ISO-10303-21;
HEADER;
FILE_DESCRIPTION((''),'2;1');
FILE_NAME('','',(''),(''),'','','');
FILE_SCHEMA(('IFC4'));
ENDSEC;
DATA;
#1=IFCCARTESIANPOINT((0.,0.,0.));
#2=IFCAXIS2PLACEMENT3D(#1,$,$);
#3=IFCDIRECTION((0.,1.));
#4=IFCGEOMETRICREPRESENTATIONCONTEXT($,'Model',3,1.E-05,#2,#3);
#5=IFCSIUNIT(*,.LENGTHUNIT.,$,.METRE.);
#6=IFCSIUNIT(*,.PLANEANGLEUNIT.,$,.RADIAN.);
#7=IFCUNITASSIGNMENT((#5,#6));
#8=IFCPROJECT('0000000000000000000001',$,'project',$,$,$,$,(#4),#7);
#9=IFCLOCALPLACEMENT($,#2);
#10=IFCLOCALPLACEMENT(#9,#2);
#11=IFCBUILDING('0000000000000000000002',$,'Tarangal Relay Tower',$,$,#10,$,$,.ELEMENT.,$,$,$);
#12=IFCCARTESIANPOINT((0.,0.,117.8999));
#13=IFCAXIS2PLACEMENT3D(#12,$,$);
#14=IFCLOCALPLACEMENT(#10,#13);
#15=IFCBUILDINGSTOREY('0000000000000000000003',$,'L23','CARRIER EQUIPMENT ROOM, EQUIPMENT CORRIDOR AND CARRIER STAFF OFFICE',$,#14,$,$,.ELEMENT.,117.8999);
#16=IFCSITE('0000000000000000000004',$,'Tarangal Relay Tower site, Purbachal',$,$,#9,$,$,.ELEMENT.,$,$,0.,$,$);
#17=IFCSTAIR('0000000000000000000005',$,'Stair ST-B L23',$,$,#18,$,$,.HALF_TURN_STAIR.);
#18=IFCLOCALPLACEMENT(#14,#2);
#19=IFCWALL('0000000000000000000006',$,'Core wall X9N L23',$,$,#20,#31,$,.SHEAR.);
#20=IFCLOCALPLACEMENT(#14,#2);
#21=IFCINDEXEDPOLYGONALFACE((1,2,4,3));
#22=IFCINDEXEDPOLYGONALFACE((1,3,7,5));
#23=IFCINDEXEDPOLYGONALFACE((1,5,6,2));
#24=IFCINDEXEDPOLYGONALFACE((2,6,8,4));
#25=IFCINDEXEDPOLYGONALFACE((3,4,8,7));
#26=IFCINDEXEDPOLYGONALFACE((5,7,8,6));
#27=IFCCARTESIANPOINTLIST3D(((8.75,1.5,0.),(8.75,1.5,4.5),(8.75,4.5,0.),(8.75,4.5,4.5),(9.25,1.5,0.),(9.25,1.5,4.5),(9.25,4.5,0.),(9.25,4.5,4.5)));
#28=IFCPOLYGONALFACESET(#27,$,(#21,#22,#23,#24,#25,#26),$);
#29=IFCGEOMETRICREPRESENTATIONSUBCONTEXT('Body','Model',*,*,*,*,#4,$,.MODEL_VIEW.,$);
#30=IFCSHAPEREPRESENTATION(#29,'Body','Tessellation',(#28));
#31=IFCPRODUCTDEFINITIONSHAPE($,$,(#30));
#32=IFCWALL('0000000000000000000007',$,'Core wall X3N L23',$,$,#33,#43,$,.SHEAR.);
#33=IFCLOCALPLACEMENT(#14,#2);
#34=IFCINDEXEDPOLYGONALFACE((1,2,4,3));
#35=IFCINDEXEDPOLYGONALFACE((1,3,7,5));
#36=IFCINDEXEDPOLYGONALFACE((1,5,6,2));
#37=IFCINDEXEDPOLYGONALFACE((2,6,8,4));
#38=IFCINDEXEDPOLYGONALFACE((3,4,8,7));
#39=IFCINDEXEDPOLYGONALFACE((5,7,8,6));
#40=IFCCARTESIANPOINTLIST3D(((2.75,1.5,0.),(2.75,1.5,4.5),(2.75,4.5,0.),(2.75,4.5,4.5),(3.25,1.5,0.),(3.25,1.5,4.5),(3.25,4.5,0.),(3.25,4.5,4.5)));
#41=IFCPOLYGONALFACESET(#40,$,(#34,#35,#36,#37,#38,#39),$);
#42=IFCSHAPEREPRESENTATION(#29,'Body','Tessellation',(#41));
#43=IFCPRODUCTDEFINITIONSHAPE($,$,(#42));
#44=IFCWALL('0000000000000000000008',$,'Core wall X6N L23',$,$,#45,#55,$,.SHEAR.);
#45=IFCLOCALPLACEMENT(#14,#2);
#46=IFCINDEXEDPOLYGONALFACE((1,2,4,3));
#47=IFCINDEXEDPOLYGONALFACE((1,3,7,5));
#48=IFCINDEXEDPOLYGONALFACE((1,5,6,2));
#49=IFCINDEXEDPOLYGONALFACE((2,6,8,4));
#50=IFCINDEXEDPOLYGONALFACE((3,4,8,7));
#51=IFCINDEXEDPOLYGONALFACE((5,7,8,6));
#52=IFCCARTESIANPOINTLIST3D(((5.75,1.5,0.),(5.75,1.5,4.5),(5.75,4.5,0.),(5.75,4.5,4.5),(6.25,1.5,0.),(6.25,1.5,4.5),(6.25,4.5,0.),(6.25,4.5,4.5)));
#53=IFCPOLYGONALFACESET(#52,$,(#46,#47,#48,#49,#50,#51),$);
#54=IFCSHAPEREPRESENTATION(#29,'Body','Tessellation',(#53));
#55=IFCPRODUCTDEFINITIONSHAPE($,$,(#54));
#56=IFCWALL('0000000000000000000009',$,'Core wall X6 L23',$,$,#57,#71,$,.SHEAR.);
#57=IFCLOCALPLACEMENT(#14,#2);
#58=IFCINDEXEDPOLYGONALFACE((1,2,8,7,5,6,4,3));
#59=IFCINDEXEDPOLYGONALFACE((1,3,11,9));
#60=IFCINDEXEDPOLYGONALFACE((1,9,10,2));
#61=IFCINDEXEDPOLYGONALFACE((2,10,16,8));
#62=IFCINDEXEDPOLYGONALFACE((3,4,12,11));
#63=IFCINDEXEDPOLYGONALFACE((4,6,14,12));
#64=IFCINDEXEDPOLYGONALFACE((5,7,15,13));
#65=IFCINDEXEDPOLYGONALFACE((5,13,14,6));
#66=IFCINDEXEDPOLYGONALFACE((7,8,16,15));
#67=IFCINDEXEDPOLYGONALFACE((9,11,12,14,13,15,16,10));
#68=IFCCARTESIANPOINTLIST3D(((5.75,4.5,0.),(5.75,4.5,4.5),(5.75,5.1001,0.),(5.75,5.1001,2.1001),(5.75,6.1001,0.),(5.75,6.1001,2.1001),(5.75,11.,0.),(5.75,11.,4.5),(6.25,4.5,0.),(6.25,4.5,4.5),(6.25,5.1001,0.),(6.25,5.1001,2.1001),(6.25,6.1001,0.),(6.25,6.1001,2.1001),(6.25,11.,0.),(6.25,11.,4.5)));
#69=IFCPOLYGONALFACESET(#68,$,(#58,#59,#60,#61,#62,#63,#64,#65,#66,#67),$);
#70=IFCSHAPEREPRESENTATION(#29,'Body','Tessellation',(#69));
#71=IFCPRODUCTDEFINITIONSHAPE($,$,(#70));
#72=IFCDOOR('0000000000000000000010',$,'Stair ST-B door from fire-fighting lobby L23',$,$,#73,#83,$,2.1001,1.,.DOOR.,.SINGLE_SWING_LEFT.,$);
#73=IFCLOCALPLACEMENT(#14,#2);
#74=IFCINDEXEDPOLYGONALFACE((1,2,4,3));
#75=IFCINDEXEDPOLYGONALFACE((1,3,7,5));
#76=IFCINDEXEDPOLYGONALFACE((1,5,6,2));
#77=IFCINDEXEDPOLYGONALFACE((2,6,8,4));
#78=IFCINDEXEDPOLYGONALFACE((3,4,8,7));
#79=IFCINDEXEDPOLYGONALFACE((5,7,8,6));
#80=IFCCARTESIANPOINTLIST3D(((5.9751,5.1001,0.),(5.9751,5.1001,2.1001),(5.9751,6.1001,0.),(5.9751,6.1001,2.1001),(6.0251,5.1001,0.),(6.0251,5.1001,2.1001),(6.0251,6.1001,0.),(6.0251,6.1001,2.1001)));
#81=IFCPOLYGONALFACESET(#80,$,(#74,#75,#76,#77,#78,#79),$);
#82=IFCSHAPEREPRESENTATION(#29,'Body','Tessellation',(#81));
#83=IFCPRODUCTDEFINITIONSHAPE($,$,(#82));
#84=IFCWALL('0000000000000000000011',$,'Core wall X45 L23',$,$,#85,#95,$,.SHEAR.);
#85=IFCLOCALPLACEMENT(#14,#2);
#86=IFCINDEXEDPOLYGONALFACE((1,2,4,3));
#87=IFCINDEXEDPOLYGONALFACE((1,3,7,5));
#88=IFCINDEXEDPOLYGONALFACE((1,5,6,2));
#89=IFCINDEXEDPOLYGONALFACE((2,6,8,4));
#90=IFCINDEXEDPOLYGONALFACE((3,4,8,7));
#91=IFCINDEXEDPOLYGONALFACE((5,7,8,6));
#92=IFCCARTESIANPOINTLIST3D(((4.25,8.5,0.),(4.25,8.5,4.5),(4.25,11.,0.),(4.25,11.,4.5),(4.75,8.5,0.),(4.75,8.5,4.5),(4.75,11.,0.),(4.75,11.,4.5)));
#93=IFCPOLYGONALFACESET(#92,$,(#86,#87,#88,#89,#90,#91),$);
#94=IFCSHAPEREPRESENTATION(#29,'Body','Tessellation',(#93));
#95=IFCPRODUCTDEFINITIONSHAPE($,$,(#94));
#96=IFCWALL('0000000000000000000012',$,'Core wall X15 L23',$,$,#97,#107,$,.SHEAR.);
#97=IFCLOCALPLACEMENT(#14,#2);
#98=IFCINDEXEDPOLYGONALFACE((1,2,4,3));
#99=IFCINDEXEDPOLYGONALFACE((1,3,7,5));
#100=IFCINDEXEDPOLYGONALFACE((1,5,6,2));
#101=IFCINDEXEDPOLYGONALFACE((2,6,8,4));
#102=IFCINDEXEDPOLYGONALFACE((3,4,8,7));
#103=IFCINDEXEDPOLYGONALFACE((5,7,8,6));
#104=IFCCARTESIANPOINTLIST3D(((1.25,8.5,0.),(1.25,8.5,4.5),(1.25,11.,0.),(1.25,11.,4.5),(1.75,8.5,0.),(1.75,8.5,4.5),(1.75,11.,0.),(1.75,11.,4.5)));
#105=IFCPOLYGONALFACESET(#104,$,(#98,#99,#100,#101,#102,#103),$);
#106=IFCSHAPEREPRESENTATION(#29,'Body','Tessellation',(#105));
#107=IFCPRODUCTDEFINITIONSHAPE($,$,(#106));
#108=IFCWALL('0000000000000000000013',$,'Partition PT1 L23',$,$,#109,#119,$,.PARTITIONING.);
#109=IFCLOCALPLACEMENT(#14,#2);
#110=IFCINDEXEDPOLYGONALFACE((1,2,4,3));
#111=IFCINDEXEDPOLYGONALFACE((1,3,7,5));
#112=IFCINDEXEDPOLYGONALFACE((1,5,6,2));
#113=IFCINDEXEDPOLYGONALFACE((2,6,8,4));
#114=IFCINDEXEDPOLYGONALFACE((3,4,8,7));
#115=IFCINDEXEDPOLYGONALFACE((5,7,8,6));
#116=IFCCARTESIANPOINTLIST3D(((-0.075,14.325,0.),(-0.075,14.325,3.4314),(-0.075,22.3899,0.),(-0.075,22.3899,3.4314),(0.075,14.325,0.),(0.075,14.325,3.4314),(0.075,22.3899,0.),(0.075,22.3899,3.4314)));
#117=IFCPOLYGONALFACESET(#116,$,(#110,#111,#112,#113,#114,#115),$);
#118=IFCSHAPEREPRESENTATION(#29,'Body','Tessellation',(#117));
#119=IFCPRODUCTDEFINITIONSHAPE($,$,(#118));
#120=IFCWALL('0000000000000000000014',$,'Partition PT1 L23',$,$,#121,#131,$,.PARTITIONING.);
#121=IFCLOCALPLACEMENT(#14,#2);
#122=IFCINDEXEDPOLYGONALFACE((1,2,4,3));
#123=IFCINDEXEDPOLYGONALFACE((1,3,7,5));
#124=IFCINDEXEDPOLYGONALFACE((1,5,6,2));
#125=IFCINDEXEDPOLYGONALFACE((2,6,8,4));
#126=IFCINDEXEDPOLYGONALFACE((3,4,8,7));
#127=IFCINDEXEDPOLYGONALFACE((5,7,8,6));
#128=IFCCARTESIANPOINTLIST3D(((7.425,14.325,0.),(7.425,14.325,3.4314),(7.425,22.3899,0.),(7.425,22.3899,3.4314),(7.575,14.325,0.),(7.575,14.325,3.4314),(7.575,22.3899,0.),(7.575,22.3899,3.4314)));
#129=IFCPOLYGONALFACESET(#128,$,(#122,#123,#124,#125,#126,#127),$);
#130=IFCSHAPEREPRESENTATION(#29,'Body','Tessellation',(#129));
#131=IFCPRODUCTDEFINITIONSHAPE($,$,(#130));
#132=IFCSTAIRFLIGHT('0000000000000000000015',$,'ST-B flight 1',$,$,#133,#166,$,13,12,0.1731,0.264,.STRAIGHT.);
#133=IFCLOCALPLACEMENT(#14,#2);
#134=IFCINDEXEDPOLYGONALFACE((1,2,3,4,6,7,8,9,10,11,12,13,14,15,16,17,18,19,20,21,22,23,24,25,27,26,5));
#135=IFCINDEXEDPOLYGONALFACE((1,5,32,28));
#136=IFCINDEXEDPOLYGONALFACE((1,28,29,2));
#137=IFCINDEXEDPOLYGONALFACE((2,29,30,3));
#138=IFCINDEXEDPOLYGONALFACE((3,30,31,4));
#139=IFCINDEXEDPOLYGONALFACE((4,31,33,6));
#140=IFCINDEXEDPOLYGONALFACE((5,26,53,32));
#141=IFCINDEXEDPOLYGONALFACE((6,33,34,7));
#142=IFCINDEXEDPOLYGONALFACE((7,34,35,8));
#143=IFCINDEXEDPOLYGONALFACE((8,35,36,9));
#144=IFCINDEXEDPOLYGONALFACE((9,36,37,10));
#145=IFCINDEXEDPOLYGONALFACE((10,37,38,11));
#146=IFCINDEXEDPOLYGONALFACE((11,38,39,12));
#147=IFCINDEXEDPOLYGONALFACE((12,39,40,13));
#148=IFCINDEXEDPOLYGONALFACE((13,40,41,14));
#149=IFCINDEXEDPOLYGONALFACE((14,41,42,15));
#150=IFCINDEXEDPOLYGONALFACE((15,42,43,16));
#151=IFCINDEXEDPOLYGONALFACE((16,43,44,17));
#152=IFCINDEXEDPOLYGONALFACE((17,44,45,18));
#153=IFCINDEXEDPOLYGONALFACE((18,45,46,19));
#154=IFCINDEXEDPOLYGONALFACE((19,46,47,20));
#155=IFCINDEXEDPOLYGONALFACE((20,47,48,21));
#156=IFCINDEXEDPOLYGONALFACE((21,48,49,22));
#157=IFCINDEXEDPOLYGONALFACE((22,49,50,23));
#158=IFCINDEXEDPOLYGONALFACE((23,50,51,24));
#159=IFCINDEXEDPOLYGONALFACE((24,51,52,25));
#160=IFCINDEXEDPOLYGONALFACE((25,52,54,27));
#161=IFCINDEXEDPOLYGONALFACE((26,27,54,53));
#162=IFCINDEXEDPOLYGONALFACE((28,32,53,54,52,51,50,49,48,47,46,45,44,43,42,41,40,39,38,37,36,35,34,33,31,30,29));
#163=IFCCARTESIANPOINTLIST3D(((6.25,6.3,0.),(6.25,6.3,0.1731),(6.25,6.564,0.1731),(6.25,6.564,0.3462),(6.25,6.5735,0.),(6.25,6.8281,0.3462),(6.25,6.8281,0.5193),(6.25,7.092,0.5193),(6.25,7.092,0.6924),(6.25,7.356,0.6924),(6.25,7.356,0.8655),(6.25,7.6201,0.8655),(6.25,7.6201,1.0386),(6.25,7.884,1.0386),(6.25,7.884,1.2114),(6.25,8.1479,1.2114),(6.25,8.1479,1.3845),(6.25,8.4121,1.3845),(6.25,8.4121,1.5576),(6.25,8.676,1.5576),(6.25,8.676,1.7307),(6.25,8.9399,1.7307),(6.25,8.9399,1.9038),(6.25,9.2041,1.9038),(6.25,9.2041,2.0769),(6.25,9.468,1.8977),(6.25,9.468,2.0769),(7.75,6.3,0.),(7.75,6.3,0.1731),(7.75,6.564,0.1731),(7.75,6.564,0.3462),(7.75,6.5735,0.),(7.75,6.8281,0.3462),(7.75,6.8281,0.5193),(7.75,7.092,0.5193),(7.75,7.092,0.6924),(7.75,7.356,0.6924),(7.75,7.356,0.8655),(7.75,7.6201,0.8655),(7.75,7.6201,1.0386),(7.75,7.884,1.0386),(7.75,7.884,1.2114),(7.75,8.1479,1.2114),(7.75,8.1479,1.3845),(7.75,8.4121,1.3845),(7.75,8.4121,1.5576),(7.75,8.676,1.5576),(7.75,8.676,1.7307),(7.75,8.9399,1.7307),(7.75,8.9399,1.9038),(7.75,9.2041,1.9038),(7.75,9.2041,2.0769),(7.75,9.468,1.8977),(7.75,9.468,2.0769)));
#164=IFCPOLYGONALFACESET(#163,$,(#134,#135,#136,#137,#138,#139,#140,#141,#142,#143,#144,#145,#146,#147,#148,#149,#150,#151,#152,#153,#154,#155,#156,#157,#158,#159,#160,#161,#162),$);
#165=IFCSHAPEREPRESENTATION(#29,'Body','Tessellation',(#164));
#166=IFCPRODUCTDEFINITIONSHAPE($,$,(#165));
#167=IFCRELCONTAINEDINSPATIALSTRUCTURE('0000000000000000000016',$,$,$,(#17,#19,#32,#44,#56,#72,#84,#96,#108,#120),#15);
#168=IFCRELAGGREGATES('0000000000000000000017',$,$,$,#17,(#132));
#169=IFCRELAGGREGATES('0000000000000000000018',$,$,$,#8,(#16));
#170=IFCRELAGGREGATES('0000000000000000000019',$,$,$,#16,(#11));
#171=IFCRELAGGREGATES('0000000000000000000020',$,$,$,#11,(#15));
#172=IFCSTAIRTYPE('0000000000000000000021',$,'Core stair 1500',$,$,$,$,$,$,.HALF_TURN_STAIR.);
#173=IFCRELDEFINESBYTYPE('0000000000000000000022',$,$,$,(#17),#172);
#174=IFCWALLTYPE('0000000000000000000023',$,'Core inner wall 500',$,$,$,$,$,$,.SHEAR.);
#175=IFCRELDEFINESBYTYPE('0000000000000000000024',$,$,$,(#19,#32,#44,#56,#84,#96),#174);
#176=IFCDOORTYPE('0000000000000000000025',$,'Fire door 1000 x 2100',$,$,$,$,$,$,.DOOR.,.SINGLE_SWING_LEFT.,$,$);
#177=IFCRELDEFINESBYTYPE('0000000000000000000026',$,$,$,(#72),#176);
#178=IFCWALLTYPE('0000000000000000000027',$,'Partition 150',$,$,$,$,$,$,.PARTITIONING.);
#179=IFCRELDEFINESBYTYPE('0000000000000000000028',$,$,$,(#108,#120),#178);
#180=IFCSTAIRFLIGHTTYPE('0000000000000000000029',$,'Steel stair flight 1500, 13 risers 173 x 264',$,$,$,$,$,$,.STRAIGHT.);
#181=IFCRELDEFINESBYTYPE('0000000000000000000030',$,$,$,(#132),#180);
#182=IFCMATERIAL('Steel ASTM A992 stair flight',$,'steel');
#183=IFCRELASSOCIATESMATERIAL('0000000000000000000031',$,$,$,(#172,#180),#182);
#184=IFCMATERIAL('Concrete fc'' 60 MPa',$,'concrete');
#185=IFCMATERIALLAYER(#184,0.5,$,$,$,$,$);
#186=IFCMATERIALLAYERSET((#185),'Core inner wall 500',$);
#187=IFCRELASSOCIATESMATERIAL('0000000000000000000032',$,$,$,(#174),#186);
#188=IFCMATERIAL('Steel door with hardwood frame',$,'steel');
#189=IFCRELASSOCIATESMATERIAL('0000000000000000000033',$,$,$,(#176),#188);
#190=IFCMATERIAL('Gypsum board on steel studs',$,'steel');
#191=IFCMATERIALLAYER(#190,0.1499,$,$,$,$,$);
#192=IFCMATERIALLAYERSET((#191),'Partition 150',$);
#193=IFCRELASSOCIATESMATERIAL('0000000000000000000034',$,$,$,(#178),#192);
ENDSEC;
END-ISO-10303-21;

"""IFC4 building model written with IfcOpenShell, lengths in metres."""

from ifc_helpers import new_model, si_unit, direction, frame, frame_2d, origin, place, context, subcontext, project, spatial, polyline, rectangle, outline, extrude, material, layer, layer_set, type_object, element, fill, aggregate, save


model = new_model("IFC4")

# Units and contexts
model_context = context("Model", 3, precision=1e-05, world=origin(), true_north=direction((0.0, 1.0)))
body_context = subcontext(model_context, "Body", "Model", "MODEL_VIEW")
ifc_project = project(units=[si_unit("LENGTHUNIT", "METRE"), si_unit("PLANEANGLEUNIT", "RADIAN")], contexts=[model_context])

# Site, building, storey
site_placement = place(None, origin())
site = spatial("IfcSite", under=ifc_project, at=site_placement, Name="Tarangal Relay Tower site, Purbachal", CompositionType="ELEMENT", RefElevation=0.0)
building_placement = place(site_placement, origin())
building = spatial("IfcBuilding", under=site, at=building_placement, Name="Tarangal Relay Tower", CompositionType="ELEMENT")
storey_placement = place(building_placement, frame((0.0, 0.0, 117.8999)))
storey = spatial("IfcBuildingStorey", under=building, at=storey_placement, Name="L23", Description="CARRIER EQUIPMENT ROOM, EQUIPMENT CORRIDOR AND CARRIER STAFF OFFICE", CompositionType="ELEMENT", Elevation=117.8999)

# Stair
ifc_material_1 = material(Name="Steel ASTM A992 stair flight", Category="steel")
stair_type = type_object("IfcStairType", Name="Core stair 1500", PredefinedType="HALF_TURN_STAIR", material=ifc_material_1)
stair_1_placement = place(storey_placement, origin())
stair_1 = element("IfcStair", 1, at=stair_1_placement, inside=storey, type_object=stair_type, Name="Stair ST-B L23", PredefinedType="HALF_TURN_STAIR")

# Walls
ifc_material_2 = material(Name="Concrete fc' 60 MPa", Category="concrete")
ifc_layer_1 = layer(ifc_material_2, 0.5)
ifc_layer_set_1 = layer_set([ifc_layer_1], Name="Core inner wall 500")
wall_type_1 = type_object("IfcWallType", Name="Core inner wall 500", PredefinedType="SHEAR", material=ifc_layer_set_1)
for number, where, z_axis, x_axis, name in (
    (2, (9.0, 1.5, 0.0), (0.0, 0.0, 1.0), (0.0, 1.0, 0.0), "Core wall X9N L23"),
    (3, (3.0, 1.5, 0.0), (0.0, 0.0, 1.0), (0.0, 1.0, 0.0), "Core wall X3N L23"),
    (4, (6.0, 1.5, 0.0), (0.0, 0.0, 1.0), (0.0, 1.0, 0.0), "Core wall X6N L23"),
):
    element("IfcWall", number, at=place(storey_placement, frame(where, z_axis=z_axis, x_axis=x_axis)), inside=storey, type_object=wall_type_1, Name=name, PredefinedType="SHEAR", context=body_context, shape_type="SweptSolid", body=[
        extrude(rectangle(XDim=3.0, YDim=0.5, at=frame_2d((1.5, 0.0))), origin(), (0.0, 0.0, 1.0), 4.5),
    ])

# Wall, opening, door
wall_placement = place(storey_placement, frame((6.0, 4.5, 0.0), z_axis=(0.0, 0.0, 1.0), x_axis=(0.0, 1.0, 0.0)))
wall = element("IfcWall", 5, at=wall_placement, inside=storey, type_object=wall_type_1, Name="Core wall X6 L23", PredefinedType="SHEAR", context=body_context, shape_type="SweptSolid", body=[
    extrude(rectangle(XDim=6.5, YDim=0.5, at=frame_2d((3.25, 0.0))), origin(), (0.0, 0.0, 1.0), 4.5),
])
opening_placement = place(wall_placement, frame((0.6001, 0.0, 0.0)))
opening = element("IfcOpeningElement", 6, at=opening_placement, cuts=wall, PredefinedType="OPENING", context=body_context, shape_type="SweptSolid", body=[
    extrude(rectangle(XDim=1.0, YDim=2.1001, at=frame_2d((0.5, 1.05))), frame((0.0, 0.26, 0.0), z_axis=(0.0, -1.0, 0.0), x_axis=(1.0, 0.0, 0.0)), (0.0, 0.0, 1.0), 0.52),
])
ifc_material_3 = material(Name="Steel door with hardwood frame", Category="steel")
door_type = type_object("IfcDoorType", Name="Fire door 1000 x 2100", OperationType="SINGLE_SWING_LEFT", PredefinedType="DOOR", material=ifc_material_3)
door_placement = place(opening_placement, origin())
door = element("IfcDoor", 7, at=door_placement, inside=storey, type_object=door_type, Name="Stair ST-B door from fire-fighting lobby L23", OperationType="SINGLE_SWING_LEFT", OverallHeight=2.1001, OverallWidth=1.0, PredefinedType="DOOR", context=body_context, shape_type="SweptSolid", body=[
    extrude(rectangle(XDim=1.0, YDim=2.1001, at=frame_2d((0.5, 1.05))), frame((0.0, 0.0249, 0.0), z_axis=(0.0, -1.0, 0.0), x_axis=(1.0, 0.0, 0.0)), (0.0, 0.0, 1.0), 0.05),
])
fill(opening, door)

# Walls
for number, where, z_axis, x_axis, name in (
    (8, (4.5, 8.5, 0.0), (0.0, 0.0, 1.0), (0.0, 1.0, 0.0), "Core wall X45 L23"),
    (9, (1.5, 8.5, 0.0), (0.0, 0.0, 1.0), (0.0, 1.0, 0.0), "Core wall X15 L23"),
):
    element("IfcWall", number, at=place(storey_placement, frame(where, z_axis=z_axis, x_axis=x_axis)), inside=storey, type_object=wall_type_1, Name=name, PredefinedType="SHEAR", context=body_context, shape_type="SweptSolid", body=[
        extrude(rectangle(XDim=2.5, YDim=0.5, at=frame_2d((1.25, 0.0))), origin(), (0.0, 0.0, 1.0), 4.5),
    ])
ifc_material_4 = material(Name="Gypsum board on steel studs", Category="steel")
ifc_layer_2 = layer(ifc_material_4, 0.1499)
ifc_layer_set_2 = layer_set([ifc_layer_2], Name="Partition 150")
wall_type_2 = type_object("IfcWallType", Name="Partition 150", PredefinedType="PARTITIONING", material=ifc_layer_set_2)
for number, where, z_axis, x_axis, name in (
    (10, (0.0, 14.325, 0.0), (0.0, 0.0, 1.0), (0.0, 1.0, 0.0), "Partition PT1 L23"),
    (11, (7.5, 14.325, 0.0), (0.0, 0.0, 1.0), (0.0, 1.0, 0.0), "Partition PT1 L23"),
):
    element("IfcWall", number, at=place(storey_placement, frame(where, z_axis=z_axis, x_axis=x_axis)), inside=storey, type_object=wall_type_2, Name=name, PredefinedType="PARTITIONING", context=body_context, shape_type="SweptSolid", body=[
        extrude(rectangle(XDim=8.0649, YDim=0.1499, at=frame_2d((4.0325, 0.0))), origin(), (0.0, 0.0, 1.0), 3.4314),
    ])

# Stair flight
stair_flight_type = type_object("IfcStairFlightType", Name="Steel stair flight 1500, 13 risers 173 x 264", PredefinedType="STRAIGHT", material=ifc_material_1)
stair_flight_1_placement = place(storey_placement, frame((7.0, 6.3, 0.0), z_axis=(0.0, 0.0, 1.0), x_axis=(0.0, 1.0, 0.0)))
stair_flight_1 = element("IfcStairFlight", 12, at=stair_flight_1_placement, type_object=stair_flight_type, Name="ST-B flight 1", NumberOfRisers=13, NumberOfTreads=12, PredefinedType="STRAIGHT", RiserHeight=0.1731, TreadLength=0.264, context=body_context, shape_type="SweptSolid", body=[
    extrude(outline(polyline([(0.0, 0.0), (0.0, 0.1731), (0.2639, 0.1731), (0.2639, 0.3462), (0.5281, 0.3462), (0.5281, 0.5193), (0.792, 0.5193), (0.792, 0.6924), (1.0559, 0.6924), (1.0559, 0.8655), (1.3201, 0.8655), (1.3201, 1.0386), (1.584, 1.0386), (1.584, 1.2114), (1.8479, 1.2114), (1.8479, 1.3845), (2.1121, 1.3845), (2.1121, 1.5576), (2.376, 1.5576), (2.376, 1.7307), (2.6399, 1.7307), (2.6399, 1.9038), (2.9041, 1.9038), (2.9041, 2.0769), (3.168, 2.0769), (3.168, 2.25), (3.168, 1.8977), (0.2734, 0.0), (0.0, 0.0)])), frame((0.0, 0.75, 0.0), z_axis=(0.0, -1.0, 0.0), x_axis=(1.0, 0.0, 0.0)), (0.0, 0.0, 1.0), 1.5),
])
aggregate(stair_1, [stair_flight_1])

save(model, "model.ifc")
